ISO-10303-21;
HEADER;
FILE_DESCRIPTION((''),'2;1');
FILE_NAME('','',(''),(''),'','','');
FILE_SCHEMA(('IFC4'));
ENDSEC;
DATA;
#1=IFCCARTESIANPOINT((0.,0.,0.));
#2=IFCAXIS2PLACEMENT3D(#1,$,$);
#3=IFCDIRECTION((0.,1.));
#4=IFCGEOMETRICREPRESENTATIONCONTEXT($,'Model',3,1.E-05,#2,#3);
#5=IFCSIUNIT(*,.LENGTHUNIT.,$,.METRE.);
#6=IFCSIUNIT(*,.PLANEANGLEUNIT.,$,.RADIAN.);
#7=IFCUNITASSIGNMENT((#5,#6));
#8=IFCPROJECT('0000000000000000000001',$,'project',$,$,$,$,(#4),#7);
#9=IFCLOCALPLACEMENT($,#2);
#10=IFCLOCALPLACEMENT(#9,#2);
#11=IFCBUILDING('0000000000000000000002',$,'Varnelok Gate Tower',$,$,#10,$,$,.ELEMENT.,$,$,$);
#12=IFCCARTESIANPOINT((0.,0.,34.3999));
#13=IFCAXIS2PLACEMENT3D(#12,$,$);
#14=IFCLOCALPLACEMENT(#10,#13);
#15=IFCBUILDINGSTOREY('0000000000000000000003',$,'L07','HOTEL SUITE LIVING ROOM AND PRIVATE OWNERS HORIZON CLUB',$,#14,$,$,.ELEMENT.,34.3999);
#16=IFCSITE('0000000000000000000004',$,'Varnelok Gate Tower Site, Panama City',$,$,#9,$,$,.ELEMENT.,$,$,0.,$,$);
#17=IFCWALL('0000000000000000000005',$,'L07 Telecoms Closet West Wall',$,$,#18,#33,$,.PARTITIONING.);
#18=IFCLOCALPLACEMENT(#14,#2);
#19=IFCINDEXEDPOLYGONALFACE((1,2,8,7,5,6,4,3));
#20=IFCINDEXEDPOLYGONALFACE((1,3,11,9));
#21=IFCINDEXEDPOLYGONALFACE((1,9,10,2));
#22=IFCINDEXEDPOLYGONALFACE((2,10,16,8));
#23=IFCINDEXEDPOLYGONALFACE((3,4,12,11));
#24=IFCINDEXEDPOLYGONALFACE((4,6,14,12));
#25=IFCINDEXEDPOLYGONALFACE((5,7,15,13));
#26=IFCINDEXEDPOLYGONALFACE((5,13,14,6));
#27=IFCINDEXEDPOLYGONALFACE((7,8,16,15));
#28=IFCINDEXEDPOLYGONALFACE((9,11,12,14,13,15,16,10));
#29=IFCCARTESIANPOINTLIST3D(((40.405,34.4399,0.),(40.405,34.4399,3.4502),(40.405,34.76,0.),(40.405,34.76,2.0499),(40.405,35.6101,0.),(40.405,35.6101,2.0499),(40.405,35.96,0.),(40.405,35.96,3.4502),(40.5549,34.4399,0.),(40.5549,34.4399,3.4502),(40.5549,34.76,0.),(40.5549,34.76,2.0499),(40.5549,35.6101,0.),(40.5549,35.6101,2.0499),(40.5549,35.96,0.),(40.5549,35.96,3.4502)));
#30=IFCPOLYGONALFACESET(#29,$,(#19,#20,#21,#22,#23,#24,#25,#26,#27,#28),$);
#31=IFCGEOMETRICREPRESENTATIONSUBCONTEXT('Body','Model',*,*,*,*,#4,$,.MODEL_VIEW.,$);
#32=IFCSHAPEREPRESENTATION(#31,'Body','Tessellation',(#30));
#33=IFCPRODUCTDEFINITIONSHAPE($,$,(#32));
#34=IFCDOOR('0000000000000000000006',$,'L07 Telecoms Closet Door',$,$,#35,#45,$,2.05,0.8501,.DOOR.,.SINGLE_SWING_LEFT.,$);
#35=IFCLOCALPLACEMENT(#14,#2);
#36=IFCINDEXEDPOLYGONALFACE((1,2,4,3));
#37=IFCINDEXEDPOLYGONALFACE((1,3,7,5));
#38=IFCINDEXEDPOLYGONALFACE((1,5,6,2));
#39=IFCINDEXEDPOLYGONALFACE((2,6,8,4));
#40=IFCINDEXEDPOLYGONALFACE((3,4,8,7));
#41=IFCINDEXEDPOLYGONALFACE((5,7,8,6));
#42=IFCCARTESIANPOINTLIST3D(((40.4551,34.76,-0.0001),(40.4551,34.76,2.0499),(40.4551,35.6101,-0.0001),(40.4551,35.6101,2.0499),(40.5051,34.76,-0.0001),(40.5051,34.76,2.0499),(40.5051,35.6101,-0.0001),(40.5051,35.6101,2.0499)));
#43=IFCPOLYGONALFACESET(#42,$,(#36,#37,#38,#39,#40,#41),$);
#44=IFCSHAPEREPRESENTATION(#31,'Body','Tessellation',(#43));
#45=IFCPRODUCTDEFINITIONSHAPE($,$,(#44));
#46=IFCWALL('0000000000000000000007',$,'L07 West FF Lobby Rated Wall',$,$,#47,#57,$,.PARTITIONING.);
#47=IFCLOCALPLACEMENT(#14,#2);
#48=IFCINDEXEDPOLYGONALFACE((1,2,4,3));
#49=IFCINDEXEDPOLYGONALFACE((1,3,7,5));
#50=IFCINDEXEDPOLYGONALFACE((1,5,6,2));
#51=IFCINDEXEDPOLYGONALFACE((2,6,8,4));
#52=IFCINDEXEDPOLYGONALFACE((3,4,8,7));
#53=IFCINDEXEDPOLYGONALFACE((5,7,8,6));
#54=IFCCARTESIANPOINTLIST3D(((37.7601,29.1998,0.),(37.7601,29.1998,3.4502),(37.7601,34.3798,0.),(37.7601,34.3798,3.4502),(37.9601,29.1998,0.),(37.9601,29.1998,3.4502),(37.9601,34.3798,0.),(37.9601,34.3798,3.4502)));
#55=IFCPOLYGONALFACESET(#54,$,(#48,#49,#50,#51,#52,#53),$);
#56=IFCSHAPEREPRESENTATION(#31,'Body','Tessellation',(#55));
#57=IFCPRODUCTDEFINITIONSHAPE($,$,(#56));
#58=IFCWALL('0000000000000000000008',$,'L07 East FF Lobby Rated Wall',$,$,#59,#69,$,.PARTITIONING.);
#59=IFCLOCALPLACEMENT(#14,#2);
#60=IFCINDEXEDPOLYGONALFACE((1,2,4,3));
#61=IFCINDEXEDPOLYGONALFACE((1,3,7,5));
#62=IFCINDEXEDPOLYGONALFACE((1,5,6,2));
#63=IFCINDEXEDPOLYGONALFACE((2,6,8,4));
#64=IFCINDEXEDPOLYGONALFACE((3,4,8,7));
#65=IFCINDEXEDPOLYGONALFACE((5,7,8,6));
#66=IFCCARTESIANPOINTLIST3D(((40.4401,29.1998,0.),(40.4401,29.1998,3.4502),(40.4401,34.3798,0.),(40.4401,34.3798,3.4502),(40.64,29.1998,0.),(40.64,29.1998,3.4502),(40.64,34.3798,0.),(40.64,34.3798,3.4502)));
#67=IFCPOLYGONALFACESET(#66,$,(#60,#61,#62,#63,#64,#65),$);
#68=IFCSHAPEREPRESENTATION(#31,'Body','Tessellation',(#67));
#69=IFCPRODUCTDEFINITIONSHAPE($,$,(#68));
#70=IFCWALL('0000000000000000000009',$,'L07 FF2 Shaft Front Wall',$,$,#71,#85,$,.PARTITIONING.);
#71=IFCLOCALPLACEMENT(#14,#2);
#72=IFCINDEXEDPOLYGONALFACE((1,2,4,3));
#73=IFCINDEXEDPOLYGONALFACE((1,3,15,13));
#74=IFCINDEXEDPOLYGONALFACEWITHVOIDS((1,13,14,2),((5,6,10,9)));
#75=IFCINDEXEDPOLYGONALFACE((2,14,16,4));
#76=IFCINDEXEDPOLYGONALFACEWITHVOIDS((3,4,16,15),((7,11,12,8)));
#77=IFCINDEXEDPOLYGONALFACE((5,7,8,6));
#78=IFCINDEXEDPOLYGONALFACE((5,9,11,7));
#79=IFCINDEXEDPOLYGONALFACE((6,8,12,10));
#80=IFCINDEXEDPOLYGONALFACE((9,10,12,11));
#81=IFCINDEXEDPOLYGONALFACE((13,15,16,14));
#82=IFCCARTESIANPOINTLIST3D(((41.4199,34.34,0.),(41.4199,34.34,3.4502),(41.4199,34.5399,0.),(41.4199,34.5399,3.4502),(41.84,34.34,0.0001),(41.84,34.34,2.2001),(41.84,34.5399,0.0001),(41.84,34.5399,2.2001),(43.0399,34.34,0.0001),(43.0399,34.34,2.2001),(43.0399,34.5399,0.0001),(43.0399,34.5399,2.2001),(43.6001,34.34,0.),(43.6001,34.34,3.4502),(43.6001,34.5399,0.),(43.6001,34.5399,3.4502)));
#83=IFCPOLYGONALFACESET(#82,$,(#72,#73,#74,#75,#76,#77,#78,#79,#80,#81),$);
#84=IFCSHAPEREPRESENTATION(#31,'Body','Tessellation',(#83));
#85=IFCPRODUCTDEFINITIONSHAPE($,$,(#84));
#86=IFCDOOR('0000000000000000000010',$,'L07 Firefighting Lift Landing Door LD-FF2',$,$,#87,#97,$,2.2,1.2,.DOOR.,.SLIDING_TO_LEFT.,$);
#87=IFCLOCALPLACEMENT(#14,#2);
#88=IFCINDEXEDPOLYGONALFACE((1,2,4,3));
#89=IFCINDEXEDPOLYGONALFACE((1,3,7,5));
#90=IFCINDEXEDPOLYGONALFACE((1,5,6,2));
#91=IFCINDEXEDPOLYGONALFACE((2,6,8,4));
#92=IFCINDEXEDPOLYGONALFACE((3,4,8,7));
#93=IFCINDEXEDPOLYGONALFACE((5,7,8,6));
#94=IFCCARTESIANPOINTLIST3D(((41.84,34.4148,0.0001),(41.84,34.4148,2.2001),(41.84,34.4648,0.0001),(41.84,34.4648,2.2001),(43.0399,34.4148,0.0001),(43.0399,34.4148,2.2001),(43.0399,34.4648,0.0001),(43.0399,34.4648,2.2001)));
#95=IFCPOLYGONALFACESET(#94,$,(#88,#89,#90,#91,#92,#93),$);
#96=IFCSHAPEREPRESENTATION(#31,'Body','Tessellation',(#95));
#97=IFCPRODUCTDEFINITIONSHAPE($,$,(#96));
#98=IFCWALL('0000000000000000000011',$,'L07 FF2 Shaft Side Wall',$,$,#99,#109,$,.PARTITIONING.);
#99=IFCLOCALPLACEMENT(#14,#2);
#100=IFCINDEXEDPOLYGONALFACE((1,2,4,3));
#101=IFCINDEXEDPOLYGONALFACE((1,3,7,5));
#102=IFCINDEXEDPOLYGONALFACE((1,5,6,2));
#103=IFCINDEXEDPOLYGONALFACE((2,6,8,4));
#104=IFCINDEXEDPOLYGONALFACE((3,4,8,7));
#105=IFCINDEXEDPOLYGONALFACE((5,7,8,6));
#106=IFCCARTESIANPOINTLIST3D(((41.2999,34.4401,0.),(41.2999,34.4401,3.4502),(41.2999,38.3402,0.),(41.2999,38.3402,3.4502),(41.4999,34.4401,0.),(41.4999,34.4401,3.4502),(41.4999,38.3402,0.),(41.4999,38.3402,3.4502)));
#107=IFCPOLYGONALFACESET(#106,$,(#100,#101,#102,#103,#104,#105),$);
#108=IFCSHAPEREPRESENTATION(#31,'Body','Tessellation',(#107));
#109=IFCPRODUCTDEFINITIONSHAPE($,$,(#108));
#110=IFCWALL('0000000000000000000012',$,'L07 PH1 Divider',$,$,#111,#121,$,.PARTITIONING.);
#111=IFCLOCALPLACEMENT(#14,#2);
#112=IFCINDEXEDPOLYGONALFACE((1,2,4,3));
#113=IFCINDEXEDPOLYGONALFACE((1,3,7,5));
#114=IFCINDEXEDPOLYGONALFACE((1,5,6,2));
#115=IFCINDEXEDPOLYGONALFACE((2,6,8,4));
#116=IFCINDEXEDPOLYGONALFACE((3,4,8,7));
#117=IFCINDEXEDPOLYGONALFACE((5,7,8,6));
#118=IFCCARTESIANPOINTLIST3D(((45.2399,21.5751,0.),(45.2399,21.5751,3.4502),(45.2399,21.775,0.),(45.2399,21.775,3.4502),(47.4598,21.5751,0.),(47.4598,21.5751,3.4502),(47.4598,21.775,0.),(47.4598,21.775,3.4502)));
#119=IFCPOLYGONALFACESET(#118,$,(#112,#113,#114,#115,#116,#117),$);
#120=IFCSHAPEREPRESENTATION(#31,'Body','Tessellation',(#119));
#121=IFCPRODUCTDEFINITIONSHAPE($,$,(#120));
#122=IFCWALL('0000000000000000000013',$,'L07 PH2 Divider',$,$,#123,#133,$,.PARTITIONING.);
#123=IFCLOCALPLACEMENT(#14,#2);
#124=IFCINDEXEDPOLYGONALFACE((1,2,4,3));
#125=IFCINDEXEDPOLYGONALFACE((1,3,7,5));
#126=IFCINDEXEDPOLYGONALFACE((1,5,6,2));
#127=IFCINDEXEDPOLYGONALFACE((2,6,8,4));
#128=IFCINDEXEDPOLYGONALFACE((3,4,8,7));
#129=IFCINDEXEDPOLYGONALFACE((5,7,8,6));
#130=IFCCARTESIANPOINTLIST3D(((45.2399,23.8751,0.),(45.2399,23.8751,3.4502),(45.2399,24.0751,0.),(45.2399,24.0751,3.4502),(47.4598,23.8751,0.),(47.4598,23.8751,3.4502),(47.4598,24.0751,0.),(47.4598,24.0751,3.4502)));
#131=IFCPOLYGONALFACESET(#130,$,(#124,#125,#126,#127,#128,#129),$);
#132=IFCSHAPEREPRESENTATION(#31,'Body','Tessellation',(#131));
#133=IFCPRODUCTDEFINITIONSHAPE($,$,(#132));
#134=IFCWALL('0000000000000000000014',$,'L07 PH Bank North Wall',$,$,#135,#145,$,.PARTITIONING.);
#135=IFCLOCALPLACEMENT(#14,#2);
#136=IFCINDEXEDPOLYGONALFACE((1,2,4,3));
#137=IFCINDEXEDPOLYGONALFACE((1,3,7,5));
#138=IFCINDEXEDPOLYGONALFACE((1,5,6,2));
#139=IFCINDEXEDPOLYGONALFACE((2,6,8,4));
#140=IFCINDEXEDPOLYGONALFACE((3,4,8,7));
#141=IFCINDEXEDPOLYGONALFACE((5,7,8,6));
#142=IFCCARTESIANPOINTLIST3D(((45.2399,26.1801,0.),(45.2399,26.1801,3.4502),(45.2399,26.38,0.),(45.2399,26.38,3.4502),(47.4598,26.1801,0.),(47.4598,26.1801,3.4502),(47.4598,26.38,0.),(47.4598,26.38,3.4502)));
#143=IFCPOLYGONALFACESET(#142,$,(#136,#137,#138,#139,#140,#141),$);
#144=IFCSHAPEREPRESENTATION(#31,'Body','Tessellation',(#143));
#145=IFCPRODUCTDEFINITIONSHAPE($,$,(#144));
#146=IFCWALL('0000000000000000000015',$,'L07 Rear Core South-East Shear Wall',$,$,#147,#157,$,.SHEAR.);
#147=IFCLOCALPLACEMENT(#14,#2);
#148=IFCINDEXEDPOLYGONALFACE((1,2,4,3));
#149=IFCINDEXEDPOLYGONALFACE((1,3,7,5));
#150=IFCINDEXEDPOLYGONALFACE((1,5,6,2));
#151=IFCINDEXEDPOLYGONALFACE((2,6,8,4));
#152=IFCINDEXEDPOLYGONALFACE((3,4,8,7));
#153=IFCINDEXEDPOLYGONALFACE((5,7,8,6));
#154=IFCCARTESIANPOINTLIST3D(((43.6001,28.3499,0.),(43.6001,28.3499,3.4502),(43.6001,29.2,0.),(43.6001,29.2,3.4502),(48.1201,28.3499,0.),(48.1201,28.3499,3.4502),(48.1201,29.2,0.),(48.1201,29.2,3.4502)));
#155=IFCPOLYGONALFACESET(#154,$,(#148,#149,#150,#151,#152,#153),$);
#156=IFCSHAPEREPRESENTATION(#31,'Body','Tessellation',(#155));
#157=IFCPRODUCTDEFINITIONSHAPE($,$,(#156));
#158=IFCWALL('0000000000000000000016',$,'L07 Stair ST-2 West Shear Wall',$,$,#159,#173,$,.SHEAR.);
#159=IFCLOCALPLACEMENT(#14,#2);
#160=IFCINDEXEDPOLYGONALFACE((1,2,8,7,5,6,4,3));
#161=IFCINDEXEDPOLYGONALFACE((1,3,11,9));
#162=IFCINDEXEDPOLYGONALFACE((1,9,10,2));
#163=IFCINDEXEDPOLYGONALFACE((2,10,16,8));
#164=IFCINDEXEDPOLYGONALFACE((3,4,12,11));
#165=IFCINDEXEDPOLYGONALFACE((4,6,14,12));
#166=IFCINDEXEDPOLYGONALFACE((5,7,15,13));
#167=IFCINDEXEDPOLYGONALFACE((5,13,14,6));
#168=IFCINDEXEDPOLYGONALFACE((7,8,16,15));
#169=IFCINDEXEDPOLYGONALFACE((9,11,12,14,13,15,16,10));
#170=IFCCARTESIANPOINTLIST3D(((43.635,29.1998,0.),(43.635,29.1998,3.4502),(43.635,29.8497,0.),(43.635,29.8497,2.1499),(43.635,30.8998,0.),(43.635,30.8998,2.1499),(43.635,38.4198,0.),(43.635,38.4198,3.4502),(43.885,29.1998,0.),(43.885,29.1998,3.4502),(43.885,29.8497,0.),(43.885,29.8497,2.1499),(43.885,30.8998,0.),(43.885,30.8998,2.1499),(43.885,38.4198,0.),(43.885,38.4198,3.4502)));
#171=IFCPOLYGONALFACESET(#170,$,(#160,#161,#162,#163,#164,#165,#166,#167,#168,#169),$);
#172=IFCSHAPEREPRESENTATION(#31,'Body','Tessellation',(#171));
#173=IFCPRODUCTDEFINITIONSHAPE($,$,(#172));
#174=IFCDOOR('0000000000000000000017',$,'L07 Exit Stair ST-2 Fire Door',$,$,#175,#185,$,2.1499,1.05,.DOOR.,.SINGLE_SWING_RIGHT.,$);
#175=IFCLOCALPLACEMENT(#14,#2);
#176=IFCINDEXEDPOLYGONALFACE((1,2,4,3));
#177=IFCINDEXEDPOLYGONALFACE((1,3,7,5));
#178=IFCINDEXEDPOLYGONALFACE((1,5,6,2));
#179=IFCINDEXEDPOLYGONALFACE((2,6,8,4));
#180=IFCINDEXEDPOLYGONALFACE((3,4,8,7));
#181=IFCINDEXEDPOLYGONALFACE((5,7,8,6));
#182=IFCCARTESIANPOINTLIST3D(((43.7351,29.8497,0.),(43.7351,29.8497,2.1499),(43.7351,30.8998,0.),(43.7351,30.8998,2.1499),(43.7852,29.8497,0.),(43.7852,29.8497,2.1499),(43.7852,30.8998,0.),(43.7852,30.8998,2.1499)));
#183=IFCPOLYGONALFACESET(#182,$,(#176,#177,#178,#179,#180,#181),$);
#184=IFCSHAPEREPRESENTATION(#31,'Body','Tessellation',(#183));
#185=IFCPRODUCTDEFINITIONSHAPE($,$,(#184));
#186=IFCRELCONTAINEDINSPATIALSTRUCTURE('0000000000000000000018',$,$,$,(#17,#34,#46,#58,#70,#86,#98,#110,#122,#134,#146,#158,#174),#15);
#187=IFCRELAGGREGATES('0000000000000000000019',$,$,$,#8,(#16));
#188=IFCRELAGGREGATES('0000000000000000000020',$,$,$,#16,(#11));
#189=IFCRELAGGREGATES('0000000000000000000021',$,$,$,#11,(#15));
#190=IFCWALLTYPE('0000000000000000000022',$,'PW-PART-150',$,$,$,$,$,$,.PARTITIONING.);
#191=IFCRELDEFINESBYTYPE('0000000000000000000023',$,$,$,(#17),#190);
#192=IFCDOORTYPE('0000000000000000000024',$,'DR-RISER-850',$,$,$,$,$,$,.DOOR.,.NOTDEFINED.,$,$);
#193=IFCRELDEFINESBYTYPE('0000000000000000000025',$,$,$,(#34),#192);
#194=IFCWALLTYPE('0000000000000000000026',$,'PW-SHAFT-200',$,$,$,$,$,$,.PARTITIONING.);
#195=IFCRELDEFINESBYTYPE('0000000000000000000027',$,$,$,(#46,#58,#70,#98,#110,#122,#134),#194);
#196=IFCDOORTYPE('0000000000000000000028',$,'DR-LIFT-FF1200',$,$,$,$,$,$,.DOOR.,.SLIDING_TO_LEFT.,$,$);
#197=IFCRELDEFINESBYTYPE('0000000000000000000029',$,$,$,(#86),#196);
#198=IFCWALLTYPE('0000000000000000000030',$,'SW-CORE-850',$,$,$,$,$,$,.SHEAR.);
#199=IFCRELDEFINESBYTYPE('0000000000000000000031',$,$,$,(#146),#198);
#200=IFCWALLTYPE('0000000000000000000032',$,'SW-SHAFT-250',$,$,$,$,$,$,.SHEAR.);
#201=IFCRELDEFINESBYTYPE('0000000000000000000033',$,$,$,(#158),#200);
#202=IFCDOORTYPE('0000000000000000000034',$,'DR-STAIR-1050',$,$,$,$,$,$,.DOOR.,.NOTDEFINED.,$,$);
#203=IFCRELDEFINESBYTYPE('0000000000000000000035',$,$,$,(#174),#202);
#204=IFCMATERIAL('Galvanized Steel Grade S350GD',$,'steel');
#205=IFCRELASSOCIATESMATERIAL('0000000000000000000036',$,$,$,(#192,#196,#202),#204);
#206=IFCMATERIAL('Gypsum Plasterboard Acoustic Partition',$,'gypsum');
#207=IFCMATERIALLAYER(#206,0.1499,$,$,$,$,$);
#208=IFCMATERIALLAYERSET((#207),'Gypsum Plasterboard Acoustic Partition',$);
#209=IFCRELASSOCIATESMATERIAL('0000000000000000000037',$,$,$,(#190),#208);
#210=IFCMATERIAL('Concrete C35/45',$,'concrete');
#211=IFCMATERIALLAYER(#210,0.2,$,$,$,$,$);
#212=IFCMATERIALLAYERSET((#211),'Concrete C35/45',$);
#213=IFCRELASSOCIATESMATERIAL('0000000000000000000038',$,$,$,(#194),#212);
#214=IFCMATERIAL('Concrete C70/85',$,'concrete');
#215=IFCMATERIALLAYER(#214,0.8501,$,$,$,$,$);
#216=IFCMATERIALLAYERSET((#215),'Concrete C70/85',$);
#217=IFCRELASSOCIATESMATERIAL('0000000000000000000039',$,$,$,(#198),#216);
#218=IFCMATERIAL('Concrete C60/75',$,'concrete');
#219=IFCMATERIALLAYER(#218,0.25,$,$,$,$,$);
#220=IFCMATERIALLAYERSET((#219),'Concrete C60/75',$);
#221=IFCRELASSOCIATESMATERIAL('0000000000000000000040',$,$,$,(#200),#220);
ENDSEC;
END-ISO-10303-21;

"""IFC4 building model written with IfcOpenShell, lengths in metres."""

from ifc_helpers import new_model, si_unit, direction, frame, frame_2d, origin, place, context, subcontext, project, spatial, rectangle, extrude, material, layer, layer_set, type_object, element, fill, save


model = new_model("IFC4")

# Units and contexts
model_context = context("Model", 3, precision=1e-05, world=origin(), true_north=direction((0.0, 1.0)))
body_context = subcontext(model_context, "Body", "Model", "MODEL_VIEW")
ifc_project = project(units=[si_unit("LENGTHUNIT", "METRE"), si_unit("PLANEANGLEUNIT", "RADIAN")], contexts=[model_context])

# Site, building, storey
site_placement = place(None, origin())
site = spatial("IfcSite", under=ifc_project, at=site_placement, Name="Varnelok Gate Tower Site, Panama City", CompositionType="ELEMENT", RefElevation=0.0)
building_placement = place(site_placement, origin())
building = spatial("IfcBuilding", under=site, at=building_placement, Name="Varnelok Gate Tower", CompositionType="ELEMENT")
storey_placement = place(building_placement, frame((0.0, 0.0, 34.3999)))
storey = spatial("IfcBuildingStorey", under=building, at=storey_placement, Name="L07", Description="HOTEL SUITE LIVING ROOM AND PRIVATE OWNERS HORIZON CLUB", CompositionType="ELEMENT", Elevation=34.3999)

# Shared definitions
ifc_material_1 = material(Name="Concrete C70/85", Category="concrete")

# Shared definitions
ifc_material_2 = material(Name="Gypsum Plasterboard Acoustic Partition", Category="gypsum")

# Shared definitions
ifc_material_3 = material(Name="Galvanized Steel Grade S350GD", Category="steel")
door_type_1 = type_object("IfcDoorType", Name="DR-RISER-850", OperationType="NOTDEFINED", PredefinedType="DOOR", material=ifc_material_3)

# Wall, opening, door
ifc_layer_1 = layer(ifc_material_2, 0.1499)
ifc_layer_set_1 = layer_set([ifc_layer_1], Name="Gypsum Plasterboard Acoustic Partition")
wall_type_1 = type_object("IfcWallType", Name="PW-PART-150", PredefinedType="PARTITIONING", material=ifc_layer_set_1)
wall_1_placement = place(storey_placement, frame((40.48, 34.4399, 0.0), z_axis=(0.0, 0.0, 1.0), x_axis=(0.0, 1.0, 0.0)))
wall_1 = element("IfcWall", 1, at=wall_1_placement, inside=storey, type_object=wall_type_1, Name="L07 Telecoms Closet West Wall", PredefinedType="PARTITIONING", context=body_context, shape_type="SweptSolid", body=[
    extrude(rectangle(XDim=1.52, YDim=0.1499, at=frame_2d((0.76, 0.0))), origin(), (0.0, 0.0, 1.0), 3.4502),
])
opening_1_placement = place(wall_1_placement, frame((0.3201, 0.0, 0.0)))
opening_1 = element("IfcOpeningElement", 2, at=opening_1_placement, cuts=wall_1, PredefinedType="OPENING", context=body_context, shape_type="SweptSolid", body=[
    extrude(rectangle(XDim=0.8501, YDim=2.05, at=frame_2d((0.425, 1.0249))), frame((0.0, 0.085, 0.0), z_axis=(0.0, -1.0, 0.0), x_axis=(1.0, 0.0, 0.0)), (0.0, 0.0, 1.0), 0.1699),
])
door_1_placement = place(opening_1_placement, origin())
door_1 = element("IfcDoor", 3, at=door_1_placement, inside=storey, type_object=door_type_1, Name="L07 Telecoms Closet Door", OperationType="SINGLE_SWING_LEFT", OverallHeight=2.05, OverallWidth=0.8501, PredefinedType="DOOR", context=body_context, shape_type="SweptSolid", body=[
    extrude(rectangle(XDim=0.8501, YDim=2.05, at=frame_2d((0.425, 1.0249))), frame((0.0, 0.0249, 0.0), z_axis=(0.0, -1.0, 0.0), x_axis=(1.0, 0.0, 0.0)), (0.0, 0.0, 1.0), 0.05),
])
fill(opening_1, door_1)

# Walls
ifc_material_4 = material(Name="Concrete C35/45", Category="concrete")
ifc_layer_2 = layer(ifc_material_4, 0.2)
ifc_layer_set_2 = layer_set([ifc_layer_2], Name="Concrete C35/45")
wall_type_2 = type_object("IfcWallType", Name="PW-SHAFT-200", PredefinedType="PARTITIONING", material=ifc_layer_set_2)
for number, where, z_axis, x_axis, name in (
    (4, (37.8601, 29.2, 0.0), (0.0, 0.0, 1.0), (0.0, 1.0, 0.0), "L07 West FF Lobby Rated Wall"),
    (5, (40.54, 29.2, 0.0), (0.0, 0.0, 1.0), (0.0, 1.0, 0.0), "L07 East FF Lobby Rated Wall"),
):
    element("IfcWall", number, at=place(storey_placement, frame(where, z_axis=z_axis, x_axis=x_axis)), inside=storey, type_object=wall_type_2, Name=name, PredefinedType="PARTITIONING", context=body_context, shape_type="SweptSolid", body=[
        extrude(rectangle(XDim=5.1799, YDim=0.2, at=frame_2d((2.5898, 0.0))), origin(), (0.0, 0.0, 1.0), 3.4502),
    ])

# Wall, opening, door
wall_2_placement = place(storey_placement, frame((41.4199, 34.4399, 0.0), z_axis=(0.0, 0.0, 1.0), x_axis=(1.0, 0.0, 0.0)))
wall_2 = element("IfcWall", 6, at=wall_2_placement, inside=storey, type_object=wall_type_2, Name="L07 FF2 Shaft Front Wall", PredefinedType="PARTITIONING", context=body_context, shape_type="SweptSolid", body=[
    extrude(rectangle(XDim=2.1802, YDim=0.2, at=frame_2d((1.0901, 0.0))), origin(), (0.0, 0.0, 1.0), 3.4502),
])
opening_2_placement = place(wall_2_placement, frame((0.4199, 0.0, 0.0)))
opening_2 = element("IfcOpeningElement", 7, at=opening_2_placement, cuts=wall_2, PredefinedType="OPENING", context=body_context, shape_type="SweptSolid", body=[
    extrude(rectangle(XDim=1.2, YDim=2.2, at=frame_2d((0.6001, 1.1001))), frame((0.0, 0.1099, 0.0), z_axis=(0.0, -1.0, 0.0), x_axis=(1.0, 0.0, 0.0)), (0.0, 0.0, 1.0), 0.22),
])
door_type_2 = type_object("IfcDoorType", Name="DR-LIFT-FF1200", OperationType="SLIDING_TO_LEFT", PredefinedType="DOOR", material=ifc_material_3)
door_2_placement = place(opening_2_placement, origin())
door_2 = element("IfcDoor", 8, at=door_2_placement, inside=storey, type_object=door_type_2, Name="L07 Firefighting Lift Landing Door LD-FF2", OperationType="SLIDING_TO_LEFT", OverallHeight=2.2, OverallWidth=1.2, PredefinedType="DOOR", context=body_context, shape_type="SweptSolid", body=[
    extrude(rectangle(XDim=1.2, YDim=2.2, at=frame_2d((0.6001, 1.1001))), frame((0.0, 0.0249, 0.0), z_axis=(0.0, -1.0, 0.0), x_axis=(1.0, 0.0, 0.0)), (0.0, 0.0, 1.0), 0.05),
])
fill(opening_2, door_2)

# Walls
wall_3_placement = place(storey_placement, frame((41.3999, 34.4399, 0.0), z_axis=(0.0, 0.0, 1.0), x_axis=(0.0, 1.0, 0.0)))
element("IfcWall", 9, at=wall_3_placement, inside=storey, type_object=wall_type_2, Name="L07 FF2 Shaft Side Wall", PredefinedType="PARTITIONING", context=body_context, shape_type="SweptSolid", body=[
    extrude(rectangle(XDim=3.9001, YDim=0.2, at=frame_2d((1.9502, 0.0))), origin(), (0.0, 0.0, 1.0), 3.4502),
])
for number, where, z_axis, x_axis, name in (
    (10, (45.24, 21.675, 0.0), (0.0, 0.0, 1.0), (1.0, 0.0, 0.0), "L07 PH1 Divider"),
    (11, (45.24, 23.9751, 0.0), (0.0, 0.0, 1.0), (1.0, 0.0, 0.0), "L07 PH2 Divider"),
    (12, (45.24, 26.28, 0.0), (0.0, 0.0, 1.0), (1.0, 0.0, 0.0), "L07 PH Bank North Wall"),
):
    element("IfcWall", number, at=place(storey_placement, frame(where, z_axis=z_axis, x_axis=x_axis)), inside=storey, type_object=wall_type_2, Name=name, PredefinedType="PARTITIONING", context=body_context, shape_type="SweptSolid", body=[
        extrude(rectangle(XDim=2.22, YDim=0.2, at=frame_2d((1.1099, 0.0))), origin(), (0.0, 0.0, 1.0), 3.4502),
    ])
ifc_layer_3 = layer(ifc_material_1, 0.8501)
ifc_layer_set_3 = layer_set([ifc_layer_3], Name="Concrete C70/85")
wall_type_3 = type_object("IfcWallType", Name="SW-CORE-850", PredefinedType="SHEAR", material=ifc_layer_set_3)
wall_4_placement = place(storey_placement, frame((43.6001, 28.7749, 0.0), z_axis=(0.0, 0.0, 1.0), x_axis=(1.0, 0.0, 0.0)))
element("IfcWall", 13, at=wall_4_placement, inside=storey, type_object=wall_type_3, Name="L07 Rear Core South-East Shear Wall", PredefinedType="SHEAR", context=body_context, shape_type="SweptSolid", body=[
    extrude(rectangle(XDim=4.52, YDim=0.8501, at=frame_2d((2.26, 0.0))), origin(), (0.0, 0.0, 1.0), 3.4502),
])

# Wall, opening, door
ifc_material_5 = material(Name="Concrete C60/75", Category="concrete")
ifc_layer_4 = layer(ifc_material_5, 0.25)
ifc_layer_set_4 = layer_set([ifc_layer_4], Name="Concrete C60/75")
wall_type_4 = type_object("IfcWallType", Name="SW-SHAFT-250", PredefinedType="SHEAR", material=ifc_layer_set_4)
wall_5_placement = place(storey_placement, frame((43.76, 29.2, 0.0), z_axis=(0.0, 0.0, 1.0), x_axis=(0.0, 1.0, 0.0)))
wall_5 = element("IfcWall", 14, at=wall_5_placement, inside=storey, type_object=wall_type_4, Name="L07 Stair ST-2 West Shear Wall", PredefinedType="SHEAR", context=body_context, shape_type="SweptSolid", body=[
    extrude(rectangle(XDim=9.22, YDim=0.25, at=frame_2d((4.6099, 0.0))), origin(), (0.0, 0.0, 1.0), 3.4502),
])
opening_3_placement = place(wall_5_placement, frame((0.6499, 0.0, 0.0)))
opening_3 = element("IfcOpeningElement", 15, at=opening_3_placement, cuts=wall_5, PredefinedType="OPENING", context=body_context, shape_type="SweptSolid", body=[
    extrude(rectangle(XDim=1.05, YDim=2.1499, at=frame_2d((0.5249, 1.075))), frame((0.0, 0.135, 0.0), z_axis=(0.0, -1.0, 0.0), x_axis=(1.0, 0.0, 0.0)), (0.0, 0.0, 1.0), 0.27),
])
door_type_3 = type_object("IfcDoorType", Name="DR-STAIR-1050", OperationType="NOTDEFINED", PredefinedType="DOOR", material=ifc_material_3)
door_3_placement = place(opening_3_placement, origin())
door_3 = element("IfcDoor", 16, at=door_3_placement, inside=storey, type_object=door_type_3, Name="L07 Exit Stair ST-2 Fire Door", OperationType="SINGLE_SWING_RIGHT", OverallHeight=2.1499, OverallWidth=1.05, PredefinedType="DOOR", context=body_context, shape_type="SweptSolid", body=[
    extrude(rectangle(XDim=1.05, YDim=2.1499, at=frame_2d((0.5249, 1.075))), frame((0.0, 0.0249, 0.0), z_axis=(0.0, -1.0, 0.0), x_axis=(1.0, 0.0, 0.0)), (0.0, 0.0, 1.0), 0.05),
])
fill(opening_3, door_3)

save(model, "model.ifc")
